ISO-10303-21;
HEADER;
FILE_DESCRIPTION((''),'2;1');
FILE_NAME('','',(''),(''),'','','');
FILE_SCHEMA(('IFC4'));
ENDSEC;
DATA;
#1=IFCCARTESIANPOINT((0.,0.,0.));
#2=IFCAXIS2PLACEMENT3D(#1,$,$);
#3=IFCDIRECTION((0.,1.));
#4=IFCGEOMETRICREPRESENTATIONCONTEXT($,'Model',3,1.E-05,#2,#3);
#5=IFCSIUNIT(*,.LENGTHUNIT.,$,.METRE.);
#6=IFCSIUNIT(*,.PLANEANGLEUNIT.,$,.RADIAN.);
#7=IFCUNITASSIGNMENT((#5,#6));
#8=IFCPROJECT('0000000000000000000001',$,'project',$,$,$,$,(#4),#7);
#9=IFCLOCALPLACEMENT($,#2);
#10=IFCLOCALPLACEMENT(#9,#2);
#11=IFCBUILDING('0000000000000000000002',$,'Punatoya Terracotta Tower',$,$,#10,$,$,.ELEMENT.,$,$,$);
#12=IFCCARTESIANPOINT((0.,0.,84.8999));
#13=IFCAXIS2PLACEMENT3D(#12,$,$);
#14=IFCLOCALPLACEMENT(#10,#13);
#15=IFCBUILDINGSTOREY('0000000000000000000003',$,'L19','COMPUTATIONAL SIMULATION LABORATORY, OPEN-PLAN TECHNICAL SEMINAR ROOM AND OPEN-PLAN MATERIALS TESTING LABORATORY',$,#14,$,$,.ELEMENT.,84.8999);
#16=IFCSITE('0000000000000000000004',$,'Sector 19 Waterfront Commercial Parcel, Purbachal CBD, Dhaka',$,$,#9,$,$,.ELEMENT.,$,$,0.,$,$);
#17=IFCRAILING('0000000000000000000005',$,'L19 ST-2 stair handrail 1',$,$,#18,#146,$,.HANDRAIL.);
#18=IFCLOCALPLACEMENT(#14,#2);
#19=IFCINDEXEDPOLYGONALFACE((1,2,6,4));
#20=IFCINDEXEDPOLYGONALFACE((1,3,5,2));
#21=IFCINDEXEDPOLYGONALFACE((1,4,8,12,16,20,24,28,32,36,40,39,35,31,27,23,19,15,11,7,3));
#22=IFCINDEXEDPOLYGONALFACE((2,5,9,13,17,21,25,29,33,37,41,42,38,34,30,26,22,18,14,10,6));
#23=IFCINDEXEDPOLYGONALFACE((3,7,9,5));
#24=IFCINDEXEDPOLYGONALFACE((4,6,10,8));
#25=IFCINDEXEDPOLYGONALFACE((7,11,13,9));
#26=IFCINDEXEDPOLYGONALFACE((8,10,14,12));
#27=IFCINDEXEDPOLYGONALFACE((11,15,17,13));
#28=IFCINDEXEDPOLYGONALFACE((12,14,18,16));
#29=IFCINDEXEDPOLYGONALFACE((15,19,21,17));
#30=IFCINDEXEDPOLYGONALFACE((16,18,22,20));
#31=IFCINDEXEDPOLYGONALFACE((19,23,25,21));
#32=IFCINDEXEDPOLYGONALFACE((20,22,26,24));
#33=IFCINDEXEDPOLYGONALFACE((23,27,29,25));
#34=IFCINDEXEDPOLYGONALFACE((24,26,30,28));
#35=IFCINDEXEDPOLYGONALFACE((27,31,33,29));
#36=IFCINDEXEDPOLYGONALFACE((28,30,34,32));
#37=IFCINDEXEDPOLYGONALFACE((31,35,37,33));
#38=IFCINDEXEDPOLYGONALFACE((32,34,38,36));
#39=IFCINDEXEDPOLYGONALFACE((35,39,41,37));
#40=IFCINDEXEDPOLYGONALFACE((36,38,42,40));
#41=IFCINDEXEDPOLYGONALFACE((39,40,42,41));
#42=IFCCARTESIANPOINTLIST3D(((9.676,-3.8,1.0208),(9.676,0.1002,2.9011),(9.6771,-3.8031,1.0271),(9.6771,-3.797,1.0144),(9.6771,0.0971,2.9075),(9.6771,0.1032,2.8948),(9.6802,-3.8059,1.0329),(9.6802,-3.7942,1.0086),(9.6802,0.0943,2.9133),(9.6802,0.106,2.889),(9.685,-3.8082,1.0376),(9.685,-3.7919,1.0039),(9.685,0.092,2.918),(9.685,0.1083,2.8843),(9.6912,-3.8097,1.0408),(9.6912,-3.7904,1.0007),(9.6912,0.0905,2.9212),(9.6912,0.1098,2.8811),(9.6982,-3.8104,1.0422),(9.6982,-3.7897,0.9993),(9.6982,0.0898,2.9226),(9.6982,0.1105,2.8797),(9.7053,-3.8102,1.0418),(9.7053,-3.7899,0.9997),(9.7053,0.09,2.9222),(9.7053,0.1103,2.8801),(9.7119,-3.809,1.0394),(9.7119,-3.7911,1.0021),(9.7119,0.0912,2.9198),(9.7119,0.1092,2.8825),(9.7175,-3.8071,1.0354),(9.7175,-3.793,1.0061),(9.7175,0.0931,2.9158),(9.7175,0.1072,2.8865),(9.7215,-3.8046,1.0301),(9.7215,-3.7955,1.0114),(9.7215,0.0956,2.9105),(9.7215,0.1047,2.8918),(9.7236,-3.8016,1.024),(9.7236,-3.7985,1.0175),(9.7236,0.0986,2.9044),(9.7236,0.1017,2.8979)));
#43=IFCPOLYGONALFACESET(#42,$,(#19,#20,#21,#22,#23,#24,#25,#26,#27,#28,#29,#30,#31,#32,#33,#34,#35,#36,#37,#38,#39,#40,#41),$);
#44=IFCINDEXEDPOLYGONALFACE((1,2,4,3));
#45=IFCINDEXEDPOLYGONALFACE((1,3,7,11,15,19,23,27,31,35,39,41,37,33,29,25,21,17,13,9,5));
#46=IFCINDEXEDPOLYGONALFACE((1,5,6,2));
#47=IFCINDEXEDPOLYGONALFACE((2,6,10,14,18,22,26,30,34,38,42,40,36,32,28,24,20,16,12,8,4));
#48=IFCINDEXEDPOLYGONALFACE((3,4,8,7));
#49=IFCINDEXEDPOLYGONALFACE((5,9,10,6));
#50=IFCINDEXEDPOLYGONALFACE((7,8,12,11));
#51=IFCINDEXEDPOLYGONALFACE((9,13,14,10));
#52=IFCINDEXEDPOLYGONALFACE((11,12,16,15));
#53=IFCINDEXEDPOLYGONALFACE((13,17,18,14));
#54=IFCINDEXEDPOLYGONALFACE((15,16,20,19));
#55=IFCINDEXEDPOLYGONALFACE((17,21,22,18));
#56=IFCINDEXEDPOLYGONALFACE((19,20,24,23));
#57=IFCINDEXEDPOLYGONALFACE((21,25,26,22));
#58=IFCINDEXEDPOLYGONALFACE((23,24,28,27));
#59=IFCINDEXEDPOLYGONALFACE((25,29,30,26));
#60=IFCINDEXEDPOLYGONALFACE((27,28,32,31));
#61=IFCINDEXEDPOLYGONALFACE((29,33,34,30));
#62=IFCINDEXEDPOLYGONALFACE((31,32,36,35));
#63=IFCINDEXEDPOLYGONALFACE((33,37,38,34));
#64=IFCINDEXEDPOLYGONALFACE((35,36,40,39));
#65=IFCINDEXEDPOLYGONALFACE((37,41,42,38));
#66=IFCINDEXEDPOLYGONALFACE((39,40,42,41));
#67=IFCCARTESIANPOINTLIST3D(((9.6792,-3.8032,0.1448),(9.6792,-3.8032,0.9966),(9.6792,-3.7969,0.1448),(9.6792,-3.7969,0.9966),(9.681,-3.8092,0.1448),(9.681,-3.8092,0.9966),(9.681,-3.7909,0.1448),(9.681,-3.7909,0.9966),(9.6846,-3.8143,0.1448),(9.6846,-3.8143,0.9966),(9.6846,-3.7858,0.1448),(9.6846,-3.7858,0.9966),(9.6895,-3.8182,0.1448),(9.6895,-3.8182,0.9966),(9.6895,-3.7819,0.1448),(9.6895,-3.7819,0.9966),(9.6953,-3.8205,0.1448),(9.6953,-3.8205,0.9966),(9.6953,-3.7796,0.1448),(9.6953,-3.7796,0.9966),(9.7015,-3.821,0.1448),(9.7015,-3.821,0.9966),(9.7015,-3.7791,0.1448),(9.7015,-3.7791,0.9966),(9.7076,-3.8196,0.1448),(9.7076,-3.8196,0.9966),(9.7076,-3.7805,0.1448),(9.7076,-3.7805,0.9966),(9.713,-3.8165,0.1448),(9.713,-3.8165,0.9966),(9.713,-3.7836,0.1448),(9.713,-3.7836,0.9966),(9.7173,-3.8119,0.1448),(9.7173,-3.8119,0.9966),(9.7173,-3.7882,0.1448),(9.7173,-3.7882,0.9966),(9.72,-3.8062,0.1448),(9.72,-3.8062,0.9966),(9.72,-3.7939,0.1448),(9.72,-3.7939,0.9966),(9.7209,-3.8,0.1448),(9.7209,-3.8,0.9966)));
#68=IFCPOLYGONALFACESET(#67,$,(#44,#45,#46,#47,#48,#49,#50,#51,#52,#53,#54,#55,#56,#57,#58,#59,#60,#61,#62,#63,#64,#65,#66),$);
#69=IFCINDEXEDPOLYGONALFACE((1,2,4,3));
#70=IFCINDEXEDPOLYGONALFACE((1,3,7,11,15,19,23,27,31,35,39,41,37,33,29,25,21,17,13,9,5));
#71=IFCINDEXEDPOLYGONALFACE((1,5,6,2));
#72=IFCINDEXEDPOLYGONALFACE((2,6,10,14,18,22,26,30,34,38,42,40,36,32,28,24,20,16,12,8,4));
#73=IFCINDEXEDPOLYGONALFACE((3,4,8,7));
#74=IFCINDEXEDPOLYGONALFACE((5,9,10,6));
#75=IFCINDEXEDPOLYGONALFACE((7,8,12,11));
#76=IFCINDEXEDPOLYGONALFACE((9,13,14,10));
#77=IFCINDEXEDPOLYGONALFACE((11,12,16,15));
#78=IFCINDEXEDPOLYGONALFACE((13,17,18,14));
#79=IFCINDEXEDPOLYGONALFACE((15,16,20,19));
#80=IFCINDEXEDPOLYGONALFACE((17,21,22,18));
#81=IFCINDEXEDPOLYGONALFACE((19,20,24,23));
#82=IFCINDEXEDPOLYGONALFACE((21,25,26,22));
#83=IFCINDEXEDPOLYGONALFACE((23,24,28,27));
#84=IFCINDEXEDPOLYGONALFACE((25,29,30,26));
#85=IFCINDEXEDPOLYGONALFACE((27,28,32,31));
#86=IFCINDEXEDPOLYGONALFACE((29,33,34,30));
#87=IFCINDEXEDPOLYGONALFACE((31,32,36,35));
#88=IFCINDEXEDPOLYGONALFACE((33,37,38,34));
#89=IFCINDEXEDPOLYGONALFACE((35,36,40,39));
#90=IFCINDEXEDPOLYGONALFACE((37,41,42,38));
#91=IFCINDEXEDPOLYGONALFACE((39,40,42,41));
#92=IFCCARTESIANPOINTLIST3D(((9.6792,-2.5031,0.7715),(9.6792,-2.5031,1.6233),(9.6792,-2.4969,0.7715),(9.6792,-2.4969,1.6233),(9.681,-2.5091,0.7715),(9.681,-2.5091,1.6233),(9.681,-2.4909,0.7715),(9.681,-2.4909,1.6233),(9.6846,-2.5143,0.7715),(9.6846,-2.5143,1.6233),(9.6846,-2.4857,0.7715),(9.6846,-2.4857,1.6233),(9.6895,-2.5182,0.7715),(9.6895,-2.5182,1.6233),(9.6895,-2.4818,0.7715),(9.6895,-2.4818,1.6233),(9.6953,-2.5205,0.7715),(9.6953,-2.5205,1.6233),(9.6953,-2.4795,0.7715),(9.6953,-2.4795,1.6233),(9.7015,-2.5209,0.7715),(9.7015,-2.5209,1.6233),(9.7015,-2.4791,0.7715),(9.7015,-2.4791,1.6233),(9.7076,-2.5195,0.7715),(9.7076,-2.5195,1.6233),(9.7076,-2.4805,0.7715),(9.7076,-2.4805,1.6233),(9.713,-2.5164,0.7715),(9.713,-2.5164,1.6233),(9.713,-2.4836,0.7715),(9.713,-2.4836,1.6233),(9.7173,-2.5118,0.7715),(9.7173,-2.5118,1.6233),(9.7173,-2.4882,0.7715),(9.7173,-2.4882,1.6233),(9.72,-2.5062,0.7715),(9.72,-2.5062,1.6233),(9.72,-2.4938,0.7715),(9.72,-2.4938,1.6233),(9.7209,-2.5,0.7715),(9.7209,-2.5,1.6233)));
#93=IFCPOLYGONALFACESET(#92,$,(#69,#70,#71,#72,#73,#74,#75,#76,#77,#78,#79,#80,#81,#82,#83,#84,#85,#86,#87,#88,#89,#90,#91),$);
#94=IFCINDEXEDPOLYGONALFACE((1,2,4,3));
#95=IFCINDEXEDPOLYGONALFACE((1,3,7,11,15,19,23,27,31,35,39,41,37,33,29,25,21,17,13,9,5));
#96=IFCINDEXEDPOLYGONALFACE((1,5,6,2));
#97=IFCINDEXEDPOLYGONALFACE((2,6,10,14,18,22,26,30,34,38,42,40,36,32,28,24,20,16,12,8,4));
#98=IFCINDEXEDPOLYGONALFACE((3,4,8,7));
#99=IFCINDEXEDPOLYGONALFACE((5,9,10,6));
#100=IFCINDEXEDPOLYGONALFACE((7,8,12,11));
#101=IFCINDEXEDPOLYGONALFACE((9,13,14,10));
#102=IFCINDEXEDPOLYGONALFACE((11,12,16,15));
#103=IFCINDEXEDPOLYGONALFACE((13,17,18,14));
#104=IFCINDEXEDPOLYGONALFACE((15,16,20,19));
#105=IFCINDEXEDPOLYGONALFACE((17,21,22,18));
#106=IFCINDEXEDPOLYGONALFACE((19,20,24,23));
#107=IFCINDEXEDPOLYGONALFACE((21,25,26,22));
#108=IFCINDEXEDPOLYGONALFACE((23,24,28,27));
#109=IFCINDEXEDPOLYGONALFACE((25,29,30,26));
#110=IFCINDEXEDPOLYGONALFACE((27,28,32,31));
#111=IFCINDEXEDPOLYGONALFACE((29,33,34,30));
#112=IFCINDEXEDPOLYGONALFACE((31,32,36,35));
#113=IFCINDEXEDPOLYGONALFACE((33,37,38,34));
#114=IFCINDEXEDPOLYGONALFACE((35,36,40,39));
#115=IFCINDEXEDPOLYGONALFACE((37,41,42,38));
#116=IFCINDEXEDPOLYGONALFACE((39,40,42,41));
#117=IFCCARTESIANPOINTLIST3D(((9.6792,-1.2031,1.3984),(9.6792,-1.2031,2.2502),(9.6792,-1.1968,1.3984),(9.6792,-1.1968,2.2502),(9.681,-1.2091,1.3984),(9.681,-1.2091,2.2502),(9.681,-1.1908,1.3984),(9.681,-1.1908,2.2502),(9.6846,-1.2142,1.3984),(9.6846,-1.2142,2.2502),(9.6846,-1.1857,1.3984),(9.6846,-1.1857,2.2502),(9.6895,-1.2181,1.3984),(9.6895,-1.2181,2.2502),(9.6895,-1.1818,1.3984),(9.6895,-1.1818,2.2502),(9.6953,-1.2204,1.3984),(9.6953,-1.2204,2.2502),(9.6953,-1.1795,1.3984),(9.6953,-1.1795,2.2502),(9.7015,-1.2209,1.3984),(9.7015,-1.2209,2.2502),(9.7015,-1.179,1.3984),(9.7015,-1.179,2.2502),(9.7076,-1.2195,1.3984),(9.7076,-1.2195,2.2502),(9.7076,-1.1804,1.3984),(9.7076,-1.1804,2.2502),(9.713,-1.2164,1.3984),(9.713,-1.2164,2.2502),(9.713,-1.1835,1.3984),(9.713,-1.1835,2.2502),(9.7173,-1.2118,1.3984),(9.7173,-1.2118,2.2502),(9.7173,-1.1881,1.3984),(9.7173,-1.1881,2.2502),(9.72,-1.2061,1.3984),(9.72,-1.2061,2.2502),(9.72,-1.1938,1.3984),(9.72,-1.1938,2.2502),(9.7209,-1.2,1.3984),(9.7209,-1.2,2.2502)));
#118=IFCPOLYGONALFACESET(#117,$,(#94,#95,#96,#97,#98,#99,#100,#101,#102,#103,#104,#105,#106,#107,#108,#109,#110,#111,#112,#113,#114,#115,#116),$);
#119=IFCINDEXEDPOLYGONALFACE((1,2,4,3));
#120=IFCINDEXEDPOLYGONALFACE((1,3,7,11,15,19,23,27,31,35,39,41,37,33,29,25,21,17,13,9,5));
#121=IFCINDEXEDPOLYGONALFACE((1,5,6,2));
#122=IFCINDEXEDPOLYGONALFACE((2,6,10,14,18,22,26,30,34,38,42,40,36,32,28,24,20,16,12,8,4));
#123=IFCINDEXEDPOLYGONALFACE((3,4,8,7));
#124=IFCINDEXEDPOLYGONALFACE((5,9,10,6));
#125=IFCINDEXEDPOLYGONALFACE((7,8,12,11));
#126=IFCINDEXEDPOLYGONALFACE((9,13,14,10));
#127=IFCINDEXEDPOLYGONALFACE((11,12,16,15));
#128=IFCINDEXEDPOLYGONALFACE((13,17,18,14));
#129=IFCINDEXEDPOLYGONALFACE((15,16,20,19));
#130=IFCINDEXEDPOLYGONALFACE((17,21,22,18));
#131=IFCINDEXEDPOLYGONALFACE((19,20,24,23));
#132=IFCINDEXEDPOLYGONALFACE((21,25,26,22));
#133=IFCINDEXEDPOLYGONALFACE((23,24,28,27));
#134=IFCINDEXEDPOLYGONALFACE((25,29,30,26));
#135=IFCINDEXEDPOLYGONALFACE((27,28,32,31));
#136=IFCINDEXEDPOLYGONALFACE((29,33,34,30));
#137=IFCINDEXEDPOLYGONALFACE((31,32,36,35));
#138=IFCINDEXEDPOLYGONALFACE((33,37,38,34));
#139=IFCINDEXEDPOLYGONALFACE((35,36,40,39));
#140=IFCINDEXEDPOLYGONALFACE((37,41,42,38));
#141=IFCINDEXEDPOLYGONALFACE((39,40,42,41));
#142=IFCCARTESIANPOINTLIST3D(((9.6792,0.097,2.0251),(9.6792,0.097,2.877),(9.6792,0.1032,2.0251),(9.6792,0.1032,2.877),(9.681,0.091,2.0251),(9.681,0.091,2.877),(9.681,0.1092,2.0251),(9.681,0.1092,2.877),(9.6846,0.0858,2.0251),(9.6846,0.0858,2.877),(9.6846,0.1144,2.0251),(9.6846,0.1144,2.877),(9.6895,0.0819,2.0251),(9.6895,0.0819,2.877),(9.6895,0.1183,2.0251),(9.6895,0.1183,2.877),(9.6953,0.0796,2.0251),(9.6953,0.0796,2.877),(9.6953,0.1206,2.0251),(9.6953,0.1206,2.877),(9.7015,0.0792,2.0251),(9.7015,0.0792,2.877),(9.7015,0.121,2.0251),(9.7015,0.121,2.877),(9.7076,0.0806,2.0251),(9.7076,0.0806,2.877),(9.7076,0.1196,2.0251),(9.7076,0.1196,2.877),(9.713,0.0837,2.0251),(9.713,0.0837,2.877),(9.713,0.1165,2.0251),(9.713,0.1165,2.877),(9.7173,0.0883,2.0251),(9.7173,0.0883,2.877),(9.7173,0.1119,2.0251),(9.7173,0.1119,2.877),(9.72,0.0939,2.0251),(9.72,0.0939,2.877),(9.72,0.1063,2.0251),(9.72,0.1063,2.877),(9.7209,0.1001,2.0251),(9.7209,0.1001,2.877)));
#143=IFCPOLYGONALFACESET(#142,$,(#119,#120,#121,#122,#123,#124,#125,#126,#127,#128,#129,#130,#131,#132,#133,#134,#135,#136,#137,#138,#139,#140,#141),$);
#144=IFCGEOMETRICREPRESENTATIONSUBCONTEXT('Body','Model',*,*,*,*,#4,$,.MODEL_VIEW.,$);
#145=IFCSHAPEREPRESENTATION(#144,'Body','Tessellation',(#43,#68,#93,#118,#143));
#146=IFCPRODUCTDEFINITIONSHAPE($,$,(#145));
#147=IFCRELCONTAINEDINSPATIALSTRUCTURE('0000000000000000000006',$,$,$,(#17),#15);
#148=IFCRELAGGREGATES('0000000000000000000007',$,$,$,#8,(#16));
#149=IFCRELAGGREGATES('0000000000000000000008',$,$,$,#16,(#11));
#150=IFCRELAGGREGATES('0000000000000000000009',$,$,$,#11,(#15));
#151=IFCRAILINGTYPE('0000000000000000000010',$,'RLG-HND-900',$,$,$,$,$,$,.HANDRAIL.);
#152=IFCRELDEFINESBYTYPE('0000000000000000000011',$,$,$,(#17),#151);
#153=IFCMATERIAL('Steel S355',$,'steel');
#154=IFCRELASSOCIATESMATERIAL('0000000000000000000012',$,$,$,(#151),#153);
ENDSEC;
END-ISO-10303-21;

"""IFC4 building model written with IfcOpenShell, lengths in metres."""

from ifc_helpers import new_model, si_unit, direction, frame, origin, origin_2d, place, context, subcontext, project, spatial, circle, extrude, material, type_object, element, save


model = new_model("IFC4")

# Units and contexts
model_context = context("Model", 3, precision=1e-05, world=origin(), true_north=direction((0.0, 1.0)))
body_context = subcontext(model_context, "Body", "Model", "MODEL_VIEW")
ifc_project = project(units=[si_unit("LENGTHUNIT", "METRE"), si_unit("PLANEANGLEUNIT", "RADIAN")], contexts=[model_context])

# Site, building, storey
site_placement = place(None, origin())
site = spatial("IfcSite", under=ifc_project, at=site_placement, Name="Sector 19 Waterfront Commercial Parcel, Purbachal CBD, Dhaka", CompositionType="ELEMENT", RefElevation=0.0)
building_placement = place(site_placement, origin())
building = spatial("IfcBuilding", under=site, at=building_placement, Name="Punatoya Terracotta Tower", CompositionType="ELEMENT")
storey_placement = place(building_placement, frame((0.0, 0.0, 84.8999)))
storey = spatial("IfcBuildingStorey", under=building, at=storey_placement, Name="L19", Description="COMPUTATIONAL SIMULATION LABORATORY, OPEN-PLAN TECHNICAL SEMINAR ROOM AND OPEN-PLAN MATERIALS TESTING LABORATORY", CompositionType="ELEMENT", Elevation=84.8999)

# Railing
ifc_material_1 = material(Name="Steel S355", Category="steel")
railing_type_1 = type_object("IfcRailingType", Name="RLG-HND-900", PredefinedType="HANDRAIL", material=ifc_material_1)
railing_1_placement = place(storey_placement, frame((9.7, -3.8, 0.1448)))
element("IfcRailing", 1, at=railing_1_placement, inside=storey, type_object=railing_type_1, Name="L19 ST-2 stair handrail 1", PredefinedType="HANDRAIL", context=body_context, shape_type="SweptSolid", body=[
    extrude(circle(Radius=0.0239, at=origin_2d()), frame((0.0, 0.0, 0.876), z_axis=(0.0, 0.900774, 0.434289), x_axis=(-1.0, 0.0, 0.0)), (0.0, 0.0, 1.0), 4.3298),
    extrude(circle(Radius=0.021, at=origin_2d()), origin(), (0.0, 0.0, 1.0), 0.8518),
    extrude(circle(Radius=0.021, at=origin_2d()), frame((0.0, 1.3, 0.6267)), (0.0, 0.0, 1.0), 0.8518),
    extrude(circle(Radius=0.021, at=origin_2d()), frame((0.0, 2.6001, 1.2537)), (0.0, 0.0, 1.0), 0.8518),
    extrude(circle(Radius=0.021, at=origin_2d()), frame((0.0, 3.9001, 1.8804)), (0.0, 0.0, 1.0), 0.8518),
])

save(model, "model.ifc")
